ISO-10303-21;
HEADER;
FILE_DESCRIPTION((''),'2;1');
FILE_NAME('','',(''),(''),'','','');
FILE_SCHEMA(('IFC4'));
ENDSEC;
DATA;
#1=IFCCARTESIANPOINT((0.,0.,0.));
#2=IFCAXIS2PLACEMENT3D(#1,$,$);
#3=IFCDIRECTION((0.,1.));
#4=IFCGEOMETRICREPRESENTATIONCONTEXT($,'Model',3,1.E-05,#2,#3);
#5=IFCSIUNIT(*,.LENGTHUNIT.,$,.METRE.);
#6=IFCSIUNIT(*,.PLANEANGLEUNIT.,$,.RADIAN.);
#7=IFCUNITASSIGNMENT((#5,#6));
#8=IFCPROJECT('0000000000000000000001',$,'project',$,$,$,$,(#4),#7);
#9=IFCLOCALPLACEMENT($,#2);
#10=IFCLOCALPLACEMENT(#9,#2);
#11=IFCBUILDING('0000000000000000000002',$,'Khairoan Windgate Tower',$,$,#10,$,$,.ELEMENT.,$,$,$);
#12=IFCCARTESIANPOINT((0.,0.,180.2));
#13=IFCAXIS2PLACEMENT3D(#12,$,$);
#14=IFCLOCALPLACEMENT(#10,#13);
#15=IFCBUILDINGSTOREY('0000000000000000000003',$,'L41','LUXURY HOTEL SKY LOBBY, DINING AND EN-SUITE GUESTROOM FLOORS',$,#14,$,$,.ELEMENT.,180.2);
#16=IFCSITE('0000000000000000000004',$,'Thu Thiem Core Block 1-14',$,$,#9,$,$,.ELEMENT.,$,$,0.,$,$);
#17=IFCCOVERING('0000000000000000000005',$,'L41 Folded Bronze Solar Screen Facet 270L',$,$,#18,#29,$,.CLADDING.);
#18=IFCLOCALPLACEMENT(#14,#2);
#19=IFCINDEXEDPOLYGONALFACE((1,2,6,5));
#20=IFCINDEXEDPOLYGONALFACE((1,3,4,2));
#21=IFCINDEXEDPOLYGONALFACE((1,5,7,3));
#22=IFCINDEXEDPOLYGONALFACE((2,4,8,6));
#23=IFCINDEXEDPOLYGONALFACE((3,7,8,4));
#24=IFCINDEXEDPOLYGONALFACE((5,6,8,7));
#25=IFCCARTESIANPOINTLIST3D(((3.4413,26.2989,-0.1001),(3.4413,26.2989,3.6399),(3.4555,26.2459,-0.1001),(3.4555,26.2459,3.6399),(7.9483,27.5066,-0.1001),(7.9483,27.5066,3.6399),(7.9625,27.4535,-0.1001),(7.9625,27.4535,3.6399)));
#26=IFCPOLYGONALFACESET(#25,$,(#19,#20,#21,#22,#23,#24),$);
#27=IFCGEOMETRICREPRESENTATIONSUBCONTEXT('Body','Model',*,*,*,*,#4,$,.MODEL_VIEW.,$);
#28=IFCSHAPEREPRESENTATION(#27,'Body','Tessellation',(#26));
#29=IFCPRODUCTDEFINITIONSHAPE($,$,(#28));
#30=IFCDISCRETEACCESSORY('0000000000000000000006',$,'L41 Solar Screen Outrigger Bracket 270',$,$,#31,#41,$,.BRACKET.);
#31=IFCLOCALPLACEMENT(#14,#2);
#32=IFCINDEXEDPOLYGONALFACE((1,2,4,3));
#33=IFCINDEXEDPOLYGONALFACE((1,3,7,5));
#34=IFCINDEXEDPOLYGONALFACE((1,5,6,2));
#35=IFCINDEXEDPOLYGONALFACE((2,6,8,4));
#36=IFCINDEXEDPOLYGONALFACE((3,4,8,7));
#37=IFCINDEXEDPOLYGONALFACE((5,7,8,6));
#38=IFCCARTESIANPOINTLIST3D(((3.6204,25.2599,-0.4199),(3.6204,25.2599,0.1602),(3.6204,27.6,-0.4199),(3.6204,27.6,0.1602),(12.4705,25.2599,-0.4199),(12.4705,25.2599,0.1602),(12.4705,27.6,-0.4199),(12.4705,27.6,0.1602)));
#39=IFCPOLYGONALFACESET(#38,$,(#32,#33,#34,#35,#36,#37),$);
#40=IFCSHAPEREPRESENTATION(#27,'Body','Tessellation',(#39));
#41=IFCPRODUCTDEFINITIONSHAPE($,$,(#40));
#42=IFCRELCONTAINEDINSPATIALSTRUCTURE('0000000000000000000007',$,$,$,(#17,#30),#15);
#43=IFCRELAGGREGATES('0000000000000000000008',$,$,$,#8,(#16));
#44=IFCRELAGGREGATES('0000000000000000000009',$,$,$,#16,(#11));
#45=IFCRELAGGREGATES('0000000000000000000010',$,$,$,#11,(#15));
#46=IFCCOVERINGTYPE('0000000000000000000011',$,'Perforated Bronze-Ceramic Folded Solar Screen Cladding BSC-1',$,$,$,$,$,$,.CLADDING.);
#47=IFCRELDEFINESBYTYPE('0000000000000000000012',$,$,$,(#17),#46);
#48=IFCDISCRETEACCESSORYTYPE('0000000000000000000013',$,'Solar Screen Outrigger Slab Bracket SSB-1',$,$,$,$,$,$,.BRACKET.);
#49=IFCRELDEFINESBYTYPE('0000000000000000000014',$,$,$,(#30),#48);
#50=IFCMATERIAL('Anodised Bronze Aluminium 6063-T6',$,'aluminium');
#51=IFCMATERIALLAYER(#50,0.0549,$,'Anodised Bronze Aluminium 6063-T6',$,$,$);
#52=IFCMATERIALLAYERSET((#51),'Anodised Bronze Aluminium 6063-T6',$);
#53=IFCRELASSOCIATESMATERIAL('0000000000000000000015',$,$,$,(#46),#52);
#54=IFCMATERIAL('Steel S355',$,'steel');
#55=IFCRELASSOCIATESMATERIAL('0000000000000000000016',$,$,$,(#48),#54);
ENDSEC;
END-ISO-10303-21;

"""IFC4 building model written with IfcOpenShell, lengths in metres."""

from ifc_helpers import new_model, si_unit, direction, frame, origin, origin_2d, place, context, subcontext, project, spatial, rectangle, extrude, material, layer, layer_set, type_object, element, save


model = new_model("IFC4")

# Units and contexts
model_context = context("Model", 3, precision=1e-05, world=origin(), true_north=direction((0.0, 1.0)))
body_context = subcontext(model_context, "Body", "Model", "MODEL_VIEW")
ifc_project = project(units=[si_unit("LENGTHUNIT", "METRE"), si_unit("PLANEANGLEUNIT", "RADIAN")], contexts=[model_context])

# Site, building, storey
site_placement = place(None, origin())
site = spatial("IfcSite", under=ifc_project, at=site_placement, Name="Thu Thiem Core Block 1-14", CompositionType="ELEMENT", RefElevation=0.0)
building_placement = place(site_placement, origin())
building = spatial("IfcBuilding", under=site, at=building_placement, Name="Khairoan Windgate Tower", CompositionType="ELEMENT")
storey_placement = place(building_placement, frame((0.0, 0.0, 180.2)))
storey = spatial("IfcBuildingStorey", under=building, at=storey_placement, Name="L41", Description="LUXURY HOTEL SKY LOBBY, DINING AND EN-SUITE GUESTROOM FLOORS", CompositionType="ELEMENT", Elevation=180.2)

# Covering
ifc_material_1 = material(Name="Anodised Bronze Aluminium 6063-T6", Category="aluminium")
ifc_layer_1 = layer(ifc_material_1, 0.0549, Name="Anodised Bronze Aluminium 6063-T6")
ifc_layer_set_1 = layer_set([ifc_layer_1], Name="Anodised Bronze Aluminium 6063-T6")
covering_type = type_object("IfcCoveringType", Name="Perforated Bronze-Ceramic Folded Solar Screen Cladding BSC-1", PredefinedType="CLADDING", material=ifc_layer_set_1)
covering_placement = place(storey_placement, frame((5.7019, 26.8762, -0.1001), z_axis=(0.0, 0.0, 1.0), x_axis=(0.965926, 0.258819, 0.0)))
element("IfcCovering", 1, at=covering_placement, inside=storey, type_object=covering_type, Name="L41 Folded Bronze Solar Screen Facet 270L", PredefinedType="CLADDING", context=body_context, shape_type="SweptSolid", body=[
    extrude(rectangle(XDim=4.666, YDim=0.0549, at=origin_2d()), origin(), (0.0, 0.0, 1.0), 3.74),
])

# Discrete accessory
ifc_material_2 = material(Name="Steel S355", Category="steel")
discrete_accessory_type = type_object("IfcDiscreteAccessoryType", Name="Solar Screen Outrigger Slab Bracket SSB-1", PredefinedType="BRACKET", material=ifc_material_2)
discrete_accessory_placement = place(storey_placement, frame((8.0454, 26.4299, -0.4199), z_axis=(0.0, 0.0, 1.0), x_axis=(1.0, 0.0, 0.0)))
element("IfcDiscreteAccessory", 2, at=discrete_accessory_placement, inside=storey, type_object=discrete_accessory_type, Name="L41 Solar Screen Outrigger Bracket 270", PredefinedType="BRACKET", context=body_context, shape_type="SweptSolid", body=[
    extrude(rectangle(XDim=8.8501, YDim=2.3401, at=origin_2d()), origin(), (0.0, 0.0, 1.0), 0.5801),
])

save(model, "model.ifc")
